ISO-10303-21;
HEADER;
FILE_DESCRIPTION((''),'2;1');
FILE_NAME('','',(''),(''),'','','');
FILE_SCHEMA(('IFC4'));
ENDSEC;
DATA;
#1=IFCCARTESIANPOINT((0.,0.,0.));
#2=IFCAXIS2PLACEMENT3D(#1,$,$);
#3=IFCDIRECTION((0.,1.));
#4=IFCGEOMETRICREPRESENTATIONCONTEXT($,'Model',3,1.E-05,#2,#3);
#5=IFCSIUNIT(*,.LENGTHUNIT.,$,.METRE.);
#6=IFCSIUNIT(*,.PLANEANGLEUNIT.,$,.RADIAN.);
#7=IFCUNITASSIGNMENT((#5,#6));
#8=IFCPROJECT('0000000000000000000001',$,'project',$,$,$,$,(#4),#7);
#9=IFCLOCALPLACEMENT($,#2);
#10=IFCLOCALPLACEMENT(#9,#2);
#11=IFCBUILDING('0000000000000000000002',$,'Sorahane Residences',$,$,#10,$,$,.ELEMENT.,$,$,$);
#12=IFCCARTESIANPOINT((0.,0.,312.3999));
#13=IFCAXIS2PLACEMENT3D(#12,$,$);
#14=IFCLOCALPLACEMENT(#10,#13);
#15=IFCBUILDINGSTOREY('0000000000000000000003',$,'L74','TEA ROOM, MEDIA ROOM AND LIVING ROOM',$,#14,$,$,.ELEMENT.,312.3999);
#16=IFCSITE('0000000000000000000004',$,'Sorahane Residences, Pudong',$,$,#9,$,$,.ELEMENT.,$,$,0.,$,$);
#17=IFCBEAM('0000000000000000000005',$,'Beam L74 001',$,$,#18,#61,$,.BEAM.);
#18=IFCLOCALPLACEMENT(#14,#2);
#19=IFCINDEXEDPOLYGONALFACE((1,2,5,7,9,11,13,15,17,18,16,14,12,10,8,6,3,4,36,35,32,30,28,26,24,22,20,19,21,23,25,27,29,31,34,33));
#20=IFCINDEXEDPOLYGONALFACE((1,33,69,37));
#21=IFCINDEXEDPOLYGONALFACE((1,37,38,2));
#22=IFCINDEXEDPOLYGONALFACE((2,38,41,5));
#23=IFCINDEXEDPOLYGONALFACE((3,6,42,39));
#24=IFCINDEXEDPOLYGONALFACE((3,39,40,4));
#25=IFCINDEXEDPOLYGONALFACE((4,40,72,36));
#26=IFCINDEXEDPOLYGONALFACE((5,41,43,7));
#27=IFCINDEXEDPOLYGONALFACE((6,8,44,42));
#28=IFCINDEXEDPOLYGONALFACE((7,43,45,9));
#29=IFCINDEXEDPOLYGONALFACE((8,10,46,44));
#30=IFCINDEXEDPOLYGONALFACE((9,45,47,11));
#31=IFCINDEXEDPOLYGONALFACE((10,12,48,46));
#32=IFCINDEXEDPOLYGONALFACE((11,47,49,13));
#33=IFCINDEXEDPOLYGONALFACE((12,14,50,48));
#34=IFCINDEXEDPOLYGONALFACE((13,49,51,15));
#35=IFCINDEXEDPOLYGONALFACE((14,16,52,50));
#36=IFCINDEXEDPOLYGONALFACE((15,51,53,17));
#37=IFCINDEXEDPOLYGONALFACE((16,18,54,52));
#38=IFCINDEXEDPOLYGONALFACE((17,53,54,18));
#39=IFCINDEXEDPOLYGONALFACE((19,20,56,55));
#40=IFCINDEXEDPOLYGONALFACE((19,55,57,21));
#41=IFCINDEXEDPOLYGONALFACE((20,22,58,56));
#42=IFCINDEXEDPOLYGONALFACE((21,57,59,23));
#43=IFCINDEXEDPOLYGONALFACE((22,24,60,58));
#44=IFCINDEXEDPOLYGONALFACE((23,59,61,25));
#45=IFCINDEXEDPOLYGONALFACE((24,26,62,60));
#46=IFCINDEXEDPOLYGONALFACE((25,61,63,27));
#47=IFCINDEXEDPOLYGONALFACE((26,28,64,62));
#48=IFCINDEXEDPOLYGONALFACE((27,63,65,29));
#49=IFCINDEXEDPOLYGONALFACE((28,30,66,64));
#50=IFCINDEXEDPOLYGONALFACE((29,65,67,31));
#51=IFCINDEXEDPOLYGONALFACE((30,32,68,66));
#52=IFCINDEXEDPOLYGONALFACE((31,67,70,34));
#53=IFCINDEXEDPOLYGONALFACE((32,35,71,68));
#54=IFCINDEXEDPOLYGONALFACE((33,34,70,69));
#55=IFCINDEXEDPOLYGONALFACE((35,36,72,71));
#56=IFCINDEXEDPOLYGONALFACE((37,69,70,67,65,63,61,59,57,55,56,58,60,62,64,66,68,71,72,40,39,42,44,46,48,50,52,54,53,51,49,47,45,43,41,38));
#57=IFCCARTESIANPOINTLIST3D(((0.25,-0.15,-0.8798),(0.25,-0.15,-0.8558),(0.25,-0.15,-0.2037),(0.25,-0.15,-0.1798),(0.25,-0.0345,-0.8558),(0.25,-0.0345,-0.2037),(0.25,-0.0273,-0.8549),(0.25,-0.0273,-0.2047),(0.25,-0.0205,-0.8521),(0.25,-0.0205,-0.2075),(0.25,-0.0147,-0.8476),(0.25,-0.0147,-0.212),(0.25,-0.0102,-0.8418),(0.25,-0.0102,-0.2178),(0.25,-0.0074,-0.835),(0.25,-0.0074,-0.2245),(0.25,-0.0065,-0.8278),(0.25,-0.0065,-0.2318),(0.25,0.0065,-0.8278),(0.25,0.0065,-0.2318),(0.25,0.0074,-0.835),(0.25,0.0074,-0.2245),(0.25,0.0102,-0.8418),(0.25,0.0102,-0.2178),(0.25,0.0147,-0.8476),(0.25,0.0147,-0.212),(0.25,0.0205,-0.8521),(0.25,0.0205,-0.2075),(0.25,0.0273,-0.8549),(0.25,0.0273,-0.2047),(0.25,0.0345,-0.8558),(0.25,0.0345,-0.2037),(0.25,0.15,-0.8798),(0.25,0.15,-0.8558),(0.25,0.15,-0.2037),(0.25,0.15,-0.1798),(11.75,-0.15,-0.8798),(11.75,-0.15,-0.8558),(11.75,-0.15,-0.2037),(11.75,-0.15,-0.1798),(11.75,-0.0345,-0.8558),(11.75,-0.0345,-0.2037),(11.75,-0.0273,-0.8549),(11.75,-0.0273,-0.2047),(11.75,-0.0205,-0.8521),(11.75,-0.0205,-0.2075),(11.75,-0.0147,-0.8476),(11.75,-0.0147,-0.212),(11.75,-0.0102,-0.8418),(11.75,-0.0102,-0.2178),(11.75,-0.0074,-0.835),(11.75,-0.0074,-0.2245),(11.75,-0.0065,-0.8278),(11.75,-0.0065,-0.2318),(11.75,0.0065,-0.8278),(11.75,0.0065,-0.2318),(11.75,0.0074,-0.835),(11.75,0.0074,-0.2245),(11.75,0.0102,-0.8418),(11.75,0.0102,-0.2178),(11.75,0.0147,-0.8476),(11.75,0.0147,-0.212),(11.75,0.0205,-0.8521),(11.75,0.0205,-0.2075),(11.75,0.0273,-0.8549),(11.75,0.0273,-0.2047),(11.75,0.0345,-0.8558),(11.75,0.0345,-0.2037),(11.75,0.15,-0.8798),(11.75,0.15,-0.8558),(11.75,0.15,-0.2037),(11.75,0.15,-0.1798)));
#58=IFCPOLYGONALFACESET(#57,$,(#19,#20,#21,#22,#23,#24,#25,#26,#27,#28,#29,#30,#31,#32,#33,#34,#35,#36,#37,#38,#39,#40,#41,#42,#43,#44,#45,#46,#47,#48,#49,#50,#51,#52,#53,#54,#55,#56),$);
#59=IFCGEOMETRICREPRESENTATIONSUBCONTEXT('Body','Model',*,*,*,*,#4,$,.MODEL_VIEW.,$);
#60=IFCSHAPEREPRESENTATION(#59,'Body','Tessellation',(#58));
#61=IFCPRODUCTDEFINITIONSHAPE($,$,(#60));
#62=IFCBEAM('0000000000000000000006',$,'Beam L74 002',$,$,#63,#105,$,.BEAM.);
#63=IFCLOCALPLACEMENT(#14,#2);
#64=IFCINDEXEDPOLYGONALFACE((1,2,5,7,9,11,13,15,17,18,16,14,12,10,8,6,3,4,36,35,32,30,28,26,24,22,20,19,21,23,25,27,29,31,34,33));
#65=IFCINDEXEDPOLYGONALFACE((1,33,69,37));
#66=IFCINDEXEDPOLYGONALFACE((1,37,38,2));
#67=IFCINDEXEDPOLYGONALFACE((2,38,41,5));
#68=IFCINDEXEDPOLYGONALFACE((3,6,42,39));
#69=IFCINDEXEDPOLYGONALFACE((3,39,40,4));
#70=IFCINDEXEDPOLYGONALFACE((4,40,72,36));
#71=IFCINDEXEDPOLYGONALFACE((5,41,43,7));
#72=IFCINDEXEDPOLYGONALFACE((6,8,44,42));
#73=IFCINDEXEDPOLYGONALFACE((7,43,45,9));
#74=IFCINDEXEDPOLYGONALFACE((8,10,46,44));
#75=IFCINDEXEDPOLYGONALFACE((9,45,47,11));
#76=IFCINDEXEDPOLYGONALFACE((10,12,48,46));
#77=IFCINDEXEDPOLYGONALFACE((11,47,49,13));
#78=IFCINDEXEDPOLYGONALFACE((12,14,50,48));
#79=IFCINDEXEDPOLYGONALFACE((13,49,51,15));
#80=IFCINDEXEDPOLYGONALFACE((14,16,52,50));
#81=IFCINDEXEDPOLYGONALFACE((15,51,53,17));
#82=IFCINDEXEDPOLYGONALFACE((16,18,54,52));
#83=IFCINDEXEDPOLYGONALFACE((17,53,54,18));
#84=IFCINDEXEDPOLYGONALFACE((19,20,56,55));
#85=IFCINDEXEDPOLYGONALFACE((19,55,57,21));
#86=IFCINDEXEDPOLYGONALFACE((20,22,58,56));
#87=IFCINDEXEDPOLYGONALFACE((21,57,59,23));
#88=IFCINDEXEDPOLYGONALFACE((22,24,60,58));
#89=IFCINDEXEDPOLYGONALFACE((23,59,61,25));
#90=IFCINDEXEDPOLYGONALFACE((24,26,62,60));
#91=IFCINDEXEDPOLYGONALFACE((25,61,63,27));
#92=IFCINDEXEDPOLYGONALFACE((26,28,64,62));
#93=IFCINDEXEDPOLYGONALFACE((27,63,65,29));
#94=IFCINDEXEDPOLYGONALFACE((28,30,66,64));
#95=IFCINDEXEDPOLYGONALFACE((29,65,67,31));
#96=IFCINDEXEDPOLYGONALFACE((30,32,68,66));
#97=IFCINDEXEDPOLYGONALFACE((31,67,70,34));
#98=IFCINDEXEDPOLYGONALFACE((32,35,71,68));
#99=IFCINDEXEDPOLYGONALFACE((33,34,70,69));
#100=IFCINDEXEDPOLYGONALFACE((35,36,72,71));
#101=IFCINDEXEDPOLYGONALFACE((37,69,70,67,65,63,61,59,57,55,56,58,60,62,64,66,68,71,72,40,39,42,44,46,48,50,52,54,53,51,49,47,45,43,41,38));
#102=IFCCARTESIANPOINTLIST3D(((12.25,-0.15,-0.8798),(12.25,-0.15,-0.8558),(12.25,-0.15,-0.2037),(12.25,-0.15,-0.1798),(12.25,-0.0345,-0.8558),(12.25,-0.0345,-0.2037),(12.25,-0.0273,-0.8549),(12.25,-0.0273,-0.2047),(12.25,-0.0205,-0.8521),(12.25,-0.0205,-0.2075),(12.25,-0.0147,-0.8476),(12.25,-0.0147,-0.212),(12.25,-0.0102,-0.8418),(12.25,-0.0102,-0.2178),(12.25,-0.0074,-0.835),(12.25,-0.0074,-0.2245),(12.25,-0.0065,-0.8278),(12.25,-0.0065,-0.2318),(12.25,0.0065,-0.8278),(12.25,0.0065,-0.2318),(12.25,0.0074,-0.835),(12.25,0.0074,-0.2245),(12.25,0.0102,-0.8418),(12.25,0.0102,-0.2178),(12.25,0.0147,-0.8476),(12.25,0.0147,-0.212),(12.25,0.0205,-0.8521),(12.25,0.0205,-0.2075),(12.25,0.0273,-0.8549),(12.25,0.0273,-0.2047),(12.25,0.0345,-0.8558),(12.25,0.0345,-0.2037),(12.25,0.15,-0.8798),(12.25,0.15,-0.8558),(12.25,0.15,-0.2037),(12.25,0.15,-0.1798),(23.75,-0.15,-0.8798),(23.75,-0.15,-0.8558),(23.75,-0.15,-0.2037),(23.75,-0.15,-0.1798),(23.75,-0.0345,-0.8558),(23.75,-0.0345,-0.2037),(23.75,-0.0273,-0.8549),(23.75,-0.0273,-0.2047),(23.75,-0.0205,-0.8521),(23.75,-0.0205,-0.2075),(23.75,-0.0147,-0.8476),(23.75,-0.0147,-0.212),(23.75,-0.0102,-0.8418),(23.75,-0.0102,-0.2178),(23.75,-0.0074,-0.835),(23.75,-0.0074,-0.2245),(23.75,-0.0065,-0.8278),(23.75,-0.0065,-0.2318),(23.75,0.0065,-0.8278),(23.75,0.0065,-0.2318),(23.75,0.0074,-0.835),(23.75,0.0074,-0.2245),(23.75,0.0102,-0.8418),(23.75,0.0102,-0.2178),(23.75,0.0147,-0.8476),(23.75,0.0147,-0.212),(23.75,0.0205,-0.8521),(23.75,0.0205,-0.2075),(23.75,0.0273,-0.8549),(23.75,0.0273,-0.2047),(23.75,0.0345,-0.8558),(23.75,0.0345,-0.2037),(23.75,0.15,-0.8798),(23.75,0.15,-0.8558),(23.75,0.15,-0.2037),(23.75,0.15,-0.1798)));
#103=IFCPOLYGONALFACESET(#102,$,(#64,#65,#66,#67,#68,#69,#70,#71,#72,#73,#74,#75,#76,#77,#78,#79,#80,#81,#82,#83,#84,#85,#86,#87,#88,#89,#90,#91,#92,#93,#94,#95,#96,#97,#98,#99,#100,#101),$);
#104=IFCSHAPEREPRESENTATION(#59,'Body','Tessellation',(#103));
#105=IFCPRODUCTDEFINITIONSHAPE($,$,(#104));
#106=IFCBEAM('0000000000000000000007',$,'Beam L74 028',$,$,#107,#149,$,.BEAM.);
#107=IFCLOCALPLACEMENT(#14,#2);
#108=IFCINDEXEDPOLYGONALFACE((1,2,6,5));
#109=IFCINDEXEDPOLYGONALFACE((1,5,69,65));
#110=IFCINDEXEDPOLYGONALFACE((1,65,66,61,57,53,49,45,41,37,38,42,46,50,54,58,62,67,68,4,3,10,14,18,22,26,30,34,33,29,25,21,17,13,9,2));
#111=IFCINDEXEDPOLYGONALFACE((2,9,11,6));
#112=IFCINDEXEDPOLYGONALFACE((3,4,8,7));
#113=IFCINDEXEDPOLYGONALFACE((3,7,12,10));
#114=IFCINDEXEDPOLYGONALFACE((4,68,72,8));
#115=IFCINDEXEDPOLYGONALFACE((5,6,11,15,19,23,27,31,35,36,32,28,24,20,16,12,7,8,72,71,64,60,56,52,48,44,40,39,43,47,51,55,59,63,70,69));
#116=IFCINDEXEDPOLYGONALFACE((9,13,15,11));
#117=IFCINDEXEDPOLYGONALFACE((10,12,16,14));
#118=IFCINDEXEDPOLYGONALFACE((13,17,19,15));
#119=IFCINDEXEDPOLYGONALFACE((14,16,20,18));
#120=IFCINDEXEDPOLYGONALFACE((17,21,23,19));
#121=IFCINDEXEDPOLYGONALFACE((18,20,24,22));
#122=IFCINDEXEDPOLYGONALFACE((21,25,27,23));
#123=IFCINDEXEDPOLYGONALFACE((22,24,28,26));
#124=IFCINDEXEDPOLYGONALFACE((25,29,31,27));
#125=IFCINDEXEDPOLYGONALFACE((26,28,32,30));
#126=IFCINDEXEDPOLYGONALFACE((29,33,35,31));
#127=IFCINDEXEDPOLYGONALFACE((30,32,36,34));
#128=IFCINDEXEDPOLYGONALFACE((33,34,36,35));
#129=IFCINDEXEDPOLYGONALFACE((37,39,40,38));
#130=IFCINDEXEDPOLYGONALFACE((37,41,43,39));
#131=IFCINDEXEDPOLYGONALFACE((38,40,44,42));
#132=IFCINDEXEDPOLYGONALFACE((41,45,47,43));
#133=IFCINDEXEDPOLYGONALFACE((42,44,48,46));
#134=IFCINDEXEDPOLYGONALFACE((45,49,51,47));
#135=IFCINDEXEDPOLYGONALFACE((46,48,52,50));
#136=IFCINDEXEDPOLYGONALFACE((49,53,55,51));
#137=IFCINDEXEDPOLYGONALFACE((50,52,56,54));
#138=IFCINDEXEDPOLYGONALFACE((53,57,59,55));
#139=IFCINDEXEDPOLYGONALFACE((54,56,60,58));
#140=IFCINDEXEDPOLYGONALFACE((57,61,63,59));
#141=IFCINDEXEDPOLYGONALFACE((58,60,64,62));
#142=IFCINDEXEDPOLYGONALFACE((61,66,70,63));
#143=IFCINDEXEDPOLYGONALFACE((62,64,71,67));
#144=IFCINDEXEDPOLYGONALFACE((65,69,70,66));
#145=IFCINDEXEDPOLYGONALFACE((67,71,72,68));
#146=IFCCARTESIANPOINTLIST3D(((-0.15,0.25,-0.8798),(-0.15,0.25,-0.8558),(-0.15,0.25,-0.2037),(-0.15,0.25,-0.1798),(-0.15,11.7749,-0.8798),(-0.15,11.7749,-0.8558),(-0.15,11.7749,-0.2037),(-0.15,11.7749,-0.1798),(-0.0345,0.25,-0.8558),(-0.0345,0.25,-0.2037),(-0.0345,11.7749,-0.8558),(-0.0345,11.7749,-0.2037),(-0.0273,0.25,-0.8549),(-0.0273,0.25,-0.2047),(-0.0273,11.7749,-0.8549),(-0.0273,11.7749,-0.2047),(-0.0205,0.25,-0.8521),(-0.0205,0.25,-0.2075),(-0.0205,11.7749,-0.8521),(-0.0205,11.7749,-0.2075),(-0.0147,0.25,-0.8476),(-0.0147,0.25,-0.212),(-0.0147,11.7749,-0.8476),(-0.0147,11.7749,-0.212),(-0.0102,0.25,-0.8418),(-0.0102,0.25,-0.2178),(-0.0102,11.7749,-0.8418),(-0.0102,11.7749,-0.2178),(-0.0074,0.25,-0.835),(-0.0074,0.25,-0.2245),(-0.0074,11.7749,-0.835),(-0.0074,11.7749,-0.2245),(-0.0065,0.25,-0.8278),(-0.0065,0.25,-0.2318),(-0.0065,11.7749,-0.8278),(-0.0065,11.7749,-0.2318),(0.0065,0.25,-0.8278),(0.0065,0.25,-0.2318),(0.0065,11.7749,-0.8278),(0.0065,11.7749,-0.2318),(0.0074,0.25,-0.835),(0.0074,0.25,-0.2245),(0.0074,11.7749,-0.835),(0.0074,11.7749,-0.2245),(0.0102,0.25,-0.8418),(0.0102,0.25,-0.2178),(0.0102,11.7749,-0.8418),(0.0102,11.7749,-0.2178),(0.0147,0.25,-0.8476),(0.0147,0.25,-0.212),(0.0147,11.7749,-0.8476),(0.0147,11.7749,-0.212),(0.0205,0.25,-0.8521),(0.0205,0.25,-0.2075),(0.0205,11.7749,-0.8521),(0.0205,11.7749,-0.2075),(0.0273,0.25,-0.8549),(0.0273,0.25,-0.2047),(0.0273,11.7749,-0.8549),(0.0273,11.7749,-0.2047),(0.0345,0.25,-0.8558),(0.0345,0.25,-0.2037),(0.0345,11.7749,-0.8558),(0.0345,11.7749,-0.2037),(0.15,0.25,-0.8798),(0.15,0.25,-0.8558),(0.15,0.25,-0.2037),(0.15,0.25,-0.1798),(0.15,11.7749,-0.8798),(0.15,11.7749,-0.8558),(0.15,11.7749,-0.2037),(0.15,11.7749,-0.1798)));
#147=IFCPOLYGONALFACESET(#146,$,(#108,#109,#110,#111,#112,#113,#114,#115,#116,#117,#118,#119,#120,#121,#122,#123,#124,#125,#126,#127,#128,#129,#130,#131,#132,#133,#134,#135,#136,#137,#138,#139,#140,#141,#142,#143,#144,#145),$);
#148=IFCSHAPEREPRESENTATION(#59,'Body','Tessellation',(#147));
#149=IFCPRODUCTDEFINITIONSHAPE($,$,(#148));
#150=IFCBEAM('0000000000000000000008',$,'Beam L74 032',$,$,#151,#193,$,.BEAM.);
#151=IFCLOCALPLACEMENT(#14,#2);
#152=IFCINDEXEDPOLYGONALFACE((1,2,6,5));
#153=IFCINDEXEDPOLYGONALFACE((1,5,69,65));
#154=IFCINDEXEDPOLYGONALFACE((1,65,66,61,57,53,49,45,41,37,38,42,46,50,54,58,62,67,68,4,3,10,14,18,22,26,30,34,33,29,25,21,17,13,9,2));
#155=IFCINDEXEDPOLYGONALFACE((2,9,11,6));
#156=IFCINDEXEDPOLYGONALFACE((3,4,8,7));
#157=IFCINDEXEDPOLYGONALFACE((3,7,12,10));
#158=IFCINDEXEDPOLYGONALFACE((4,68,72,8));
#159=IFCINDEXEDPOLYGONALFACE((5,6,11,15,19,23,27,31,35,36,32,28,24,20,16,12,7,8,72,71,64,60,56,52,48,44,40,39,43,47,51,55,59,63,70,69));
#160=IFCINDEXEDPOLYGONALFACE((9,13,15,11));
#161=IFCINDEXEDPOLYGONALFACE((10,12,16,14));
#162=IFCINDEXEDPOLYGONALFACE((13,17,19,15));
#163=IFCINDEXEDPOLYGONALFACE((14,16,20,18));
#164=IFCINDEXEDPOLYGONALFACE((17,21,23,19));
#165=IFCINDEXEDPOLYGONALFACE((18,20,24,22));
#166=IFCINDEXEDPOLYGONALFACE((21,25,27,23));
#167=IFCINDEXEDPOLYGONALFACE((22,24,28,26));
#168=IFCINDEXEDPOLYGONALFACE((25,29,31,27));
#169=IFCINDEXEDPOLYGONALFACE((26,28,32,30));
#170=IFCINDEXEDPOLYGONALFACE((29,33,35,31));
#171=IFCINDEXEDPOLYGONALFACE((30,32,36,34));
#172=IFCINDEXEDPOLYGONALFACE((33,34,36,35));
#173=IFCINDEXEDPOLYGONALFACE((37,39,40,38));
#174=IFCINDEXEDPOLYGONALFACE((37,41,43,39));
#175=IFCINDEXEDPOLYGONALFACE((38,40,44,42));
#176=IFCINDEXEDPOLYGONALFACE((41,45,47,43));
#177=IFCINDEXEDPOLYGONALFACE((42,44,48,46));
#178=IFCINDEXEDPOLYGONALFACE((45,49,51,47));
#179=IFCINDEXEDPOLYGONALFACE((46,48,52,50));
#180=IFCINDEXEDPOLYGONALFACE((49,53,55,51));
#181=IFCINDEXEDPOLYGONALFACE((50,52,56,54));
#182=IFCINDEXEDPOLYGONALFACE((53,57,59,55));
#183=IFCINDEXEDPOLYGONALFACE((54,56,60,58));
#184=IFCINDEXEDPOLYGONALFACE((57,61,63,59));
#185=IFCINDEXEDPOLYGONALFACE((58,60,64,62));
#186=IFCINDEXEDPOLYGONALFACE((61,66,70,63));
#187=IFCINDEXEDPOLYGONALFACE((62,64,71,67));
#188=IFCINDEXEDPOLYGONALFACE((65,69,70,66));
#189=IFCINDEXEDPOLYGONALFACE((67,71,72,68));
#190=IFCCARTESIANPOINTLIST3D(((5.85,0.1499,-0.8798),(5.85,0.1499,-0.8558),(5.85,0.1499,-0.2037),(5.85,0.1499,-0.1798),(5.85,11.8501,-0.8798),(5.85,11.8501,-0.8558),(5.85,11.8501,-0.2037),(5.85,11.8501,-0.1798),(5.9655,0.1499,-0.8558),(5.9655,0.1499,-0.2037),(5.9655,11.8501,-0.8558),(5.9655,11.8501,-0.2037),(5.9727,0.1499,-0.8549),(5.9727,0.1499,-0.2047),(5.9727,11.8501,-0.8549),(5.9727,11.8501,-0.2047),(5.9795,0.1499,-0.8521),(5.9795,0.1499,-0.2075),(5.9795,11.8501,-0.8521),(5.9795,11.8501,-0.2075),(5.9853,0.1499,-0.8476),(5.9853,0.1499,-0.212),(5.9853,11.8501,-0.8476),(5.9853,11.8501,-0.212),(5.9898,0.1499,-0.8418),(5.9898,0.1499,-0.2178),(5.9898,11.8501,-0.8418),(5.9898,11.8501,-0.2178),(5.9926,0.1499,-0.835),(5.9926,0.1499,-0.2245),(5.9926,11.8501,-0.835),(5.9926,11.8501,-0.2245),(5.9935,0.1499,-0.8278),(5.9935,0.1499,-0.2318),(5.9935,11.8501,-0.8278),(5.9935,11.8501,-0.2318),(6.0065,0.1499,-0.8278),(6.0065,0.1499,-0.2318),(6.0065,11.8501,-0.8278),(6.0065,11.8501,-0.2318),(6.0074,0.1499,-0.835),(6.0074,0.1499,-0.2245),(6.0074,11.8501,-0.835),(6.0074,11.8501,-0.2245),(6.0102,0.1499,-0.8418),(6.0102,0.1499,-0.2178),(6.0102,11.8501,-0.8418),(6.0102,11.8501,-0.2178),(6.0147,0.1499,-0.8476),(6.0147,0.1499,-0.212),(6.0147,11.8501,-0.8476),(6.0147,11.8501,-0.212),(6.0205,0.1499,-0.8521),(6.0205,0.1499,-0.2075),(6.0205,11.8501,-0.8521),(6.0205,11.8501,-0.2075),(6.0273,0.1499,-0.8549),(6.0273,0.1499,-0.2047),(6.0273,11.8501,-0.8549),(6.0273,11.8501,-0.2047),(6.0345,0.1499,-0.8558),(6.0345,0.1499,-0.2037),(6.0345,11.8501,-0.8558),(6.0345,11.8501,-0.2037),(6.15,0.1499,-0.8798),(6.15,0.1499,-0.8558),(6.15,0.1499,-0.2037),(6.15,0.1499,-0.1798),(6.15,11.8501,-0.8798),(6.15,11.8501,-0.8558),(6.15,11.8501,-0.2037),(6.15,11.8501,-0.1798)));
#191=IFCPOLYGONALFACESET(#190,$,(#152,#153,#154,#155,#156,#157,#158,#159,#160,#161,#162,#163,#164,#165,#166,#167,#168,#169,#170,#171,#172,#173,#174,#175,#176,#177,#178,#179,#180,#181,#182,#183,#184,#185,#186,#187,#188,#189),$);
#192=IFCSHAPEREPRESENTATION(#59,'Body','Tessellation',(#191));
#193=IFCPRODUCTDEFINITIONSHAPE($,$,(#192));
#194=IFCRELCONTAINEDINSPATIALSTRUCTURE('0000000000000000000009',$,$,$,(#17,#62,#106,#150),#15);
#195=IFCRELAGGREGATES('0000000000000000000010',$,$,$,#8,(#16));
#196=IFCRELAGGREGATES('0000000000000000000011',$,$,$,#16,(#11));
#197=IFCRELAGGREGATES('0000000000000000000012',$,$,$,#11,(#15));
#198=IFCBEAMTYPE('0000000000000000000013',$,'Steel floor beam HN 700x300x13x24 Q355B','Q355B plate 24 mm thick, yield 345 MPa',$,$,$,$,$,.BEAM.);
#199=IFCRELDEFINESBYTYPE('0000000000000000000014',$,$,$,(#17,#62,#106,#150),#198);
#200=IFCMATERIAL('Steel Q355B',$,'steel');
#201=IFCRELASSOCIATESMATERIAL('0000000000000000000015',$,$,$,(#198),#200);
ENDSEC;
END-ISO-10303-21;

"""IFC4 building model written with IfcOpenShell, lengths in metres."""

from ifc_helpers import new_model, si_unit, direction, frame, origin, origin_2d, place, context, subcontext, project, spatial, i_section, extrude, material, material_profile, profile_set, type_object, element, save


model = new_model("IFC4")

# Units and contexts
model_context = context("Model", 3, precision=1e-05, world=origin(), true_north=direction((0.0, 1.0)))
body_context = subcontext(model_context, "Body", "Model", "MODEL_VIEW")
ifc_project = project(units=[si_unit("LENGTHUNIT", "METRE"), si_unit("PLANEANGLEUNIT", "RADIAN")], contexts=[model_context])

# Site, building, storey
site_placement = place(None, origin())
site = spatial("IfcSite", under=ifc_project, at=site_placement, Name="Sorahane Residences, Pudong", CompositionType="ELEMENT", RefElevation=0.0)
building_placement = place(site_placement, origin())
building = spatial("IfcBuilding", under=site, at=building_placement, Name="Sorahane Residences", CompositionType="ELEMENT")
storey_placement = place(building_placement, frame((0.0, 0.0, 312.3999)))
storey = spatial("IfcBuildingStorey", under=building, at=storey_placement, Name="L74", Description="TEA ROOM, MEDIA ROOM AND LIVING ROOM", CompositionType="ELEMENT", Elevation=312.3999)

# Beams
ifc_material_1 = material(Name="Steel Q355B", Category="steel")
ifc_material_profile_1 = material_profile(ifc_material_1, i_section(OverallWidth=0.3, OverallDepth=0.7, WebThickness=0.0129, FlangeThickness=0.0239, FilletRadius=0.0281, at=origin_2d()), Name="HN 700x300x13x24")
ifc_profile_set_1 = profile_set([ifc_material_profile_1], Name="Steel Q355B")
beam_type_1 = type_object("IfcBeamType", Name="Steel floor beam HN 700x300x13x24 Q355B", Description="Q355B plate 24 mm thick, yield 345 MPa", PredefinedType="BEAM", material=ifc_profile_set_1)
for number, where, z_axis, x_axis, name in (
    (1, (0.25, 0.0, -0.5298), (1.0, 0.0, 0.0), (0.0, 1.0, 0.0), "Beam L74 001"),
    (2, (12.25, 0.0, -0.5298), (1.0, 0.0, 0.0), (0.0, 1.0, 0.0), "Beam L74 002"),
):
    element("IfcBeam", number, at=place(storey_placement, frame(where, z_axis=z_axis, x_axis=x_axis)), inside=storey, type_object=beam_type_1, Name=name, PredefinedType="BEAM", context=body_context, shape_type="SweptSolid", body=[
        extrude(i_section(OverallWidth=0.3, OverallDepth=0.7, WebThickness=0.0129, FlangeThickness=0.0239, FilletRadius=0.0281, at=origin_2d()), origin(), (0.0, 0.0, 1.0), 11.5),
    ])
beam_1_placement = place(storey_placement, frame((0.0, 0.25, -0.5298), z_axis=(0.0, 1.0, 0.0), x_axis=(-1.0, 0.0, 0.0)))
element("IfcBeam", 3, at=beam_1_placement, inside=storey, type_object=beam_type_1, Name="Beam L74 028", PredefinedType="BEAM", context=body_context, shape_type="SweptSolid", body=[
    extrude(i_section(OverallWidth=0.3, OverallDepth=0.7, WebThickness=0.0129, FlangeThickness=0.0239, FilletRadius=0.0281, at=origin_2d()), origin(), (0.0, 0.0, 1.0), 11.5249),
])
beam_2_placement = place(storey_placement, frame((6.0, 0.1499, -0.5298), z_axis=(0.0, 1.0, 0.0), x_axis=(-1.0, 0.0, 0.0)))
element("IfcBeam", 4, at=beam_2_placement, inside=storey, type_object=beam_type_1, Name="Beam L74 032", PredefinedType="BEAM", context=body_context, shape_type="SweptSolid", body=[
    extrude(i_section(OverallWidth=0.3, OverallDepth=0.7, WebThickness=0.0129, FlangeThickness=0.0239, FilletRadius=0.0281, at=origin_2d()), origin(), (0.0, 0.0, 1.0), 11.7002),
])

save(model, "model.ifc")
